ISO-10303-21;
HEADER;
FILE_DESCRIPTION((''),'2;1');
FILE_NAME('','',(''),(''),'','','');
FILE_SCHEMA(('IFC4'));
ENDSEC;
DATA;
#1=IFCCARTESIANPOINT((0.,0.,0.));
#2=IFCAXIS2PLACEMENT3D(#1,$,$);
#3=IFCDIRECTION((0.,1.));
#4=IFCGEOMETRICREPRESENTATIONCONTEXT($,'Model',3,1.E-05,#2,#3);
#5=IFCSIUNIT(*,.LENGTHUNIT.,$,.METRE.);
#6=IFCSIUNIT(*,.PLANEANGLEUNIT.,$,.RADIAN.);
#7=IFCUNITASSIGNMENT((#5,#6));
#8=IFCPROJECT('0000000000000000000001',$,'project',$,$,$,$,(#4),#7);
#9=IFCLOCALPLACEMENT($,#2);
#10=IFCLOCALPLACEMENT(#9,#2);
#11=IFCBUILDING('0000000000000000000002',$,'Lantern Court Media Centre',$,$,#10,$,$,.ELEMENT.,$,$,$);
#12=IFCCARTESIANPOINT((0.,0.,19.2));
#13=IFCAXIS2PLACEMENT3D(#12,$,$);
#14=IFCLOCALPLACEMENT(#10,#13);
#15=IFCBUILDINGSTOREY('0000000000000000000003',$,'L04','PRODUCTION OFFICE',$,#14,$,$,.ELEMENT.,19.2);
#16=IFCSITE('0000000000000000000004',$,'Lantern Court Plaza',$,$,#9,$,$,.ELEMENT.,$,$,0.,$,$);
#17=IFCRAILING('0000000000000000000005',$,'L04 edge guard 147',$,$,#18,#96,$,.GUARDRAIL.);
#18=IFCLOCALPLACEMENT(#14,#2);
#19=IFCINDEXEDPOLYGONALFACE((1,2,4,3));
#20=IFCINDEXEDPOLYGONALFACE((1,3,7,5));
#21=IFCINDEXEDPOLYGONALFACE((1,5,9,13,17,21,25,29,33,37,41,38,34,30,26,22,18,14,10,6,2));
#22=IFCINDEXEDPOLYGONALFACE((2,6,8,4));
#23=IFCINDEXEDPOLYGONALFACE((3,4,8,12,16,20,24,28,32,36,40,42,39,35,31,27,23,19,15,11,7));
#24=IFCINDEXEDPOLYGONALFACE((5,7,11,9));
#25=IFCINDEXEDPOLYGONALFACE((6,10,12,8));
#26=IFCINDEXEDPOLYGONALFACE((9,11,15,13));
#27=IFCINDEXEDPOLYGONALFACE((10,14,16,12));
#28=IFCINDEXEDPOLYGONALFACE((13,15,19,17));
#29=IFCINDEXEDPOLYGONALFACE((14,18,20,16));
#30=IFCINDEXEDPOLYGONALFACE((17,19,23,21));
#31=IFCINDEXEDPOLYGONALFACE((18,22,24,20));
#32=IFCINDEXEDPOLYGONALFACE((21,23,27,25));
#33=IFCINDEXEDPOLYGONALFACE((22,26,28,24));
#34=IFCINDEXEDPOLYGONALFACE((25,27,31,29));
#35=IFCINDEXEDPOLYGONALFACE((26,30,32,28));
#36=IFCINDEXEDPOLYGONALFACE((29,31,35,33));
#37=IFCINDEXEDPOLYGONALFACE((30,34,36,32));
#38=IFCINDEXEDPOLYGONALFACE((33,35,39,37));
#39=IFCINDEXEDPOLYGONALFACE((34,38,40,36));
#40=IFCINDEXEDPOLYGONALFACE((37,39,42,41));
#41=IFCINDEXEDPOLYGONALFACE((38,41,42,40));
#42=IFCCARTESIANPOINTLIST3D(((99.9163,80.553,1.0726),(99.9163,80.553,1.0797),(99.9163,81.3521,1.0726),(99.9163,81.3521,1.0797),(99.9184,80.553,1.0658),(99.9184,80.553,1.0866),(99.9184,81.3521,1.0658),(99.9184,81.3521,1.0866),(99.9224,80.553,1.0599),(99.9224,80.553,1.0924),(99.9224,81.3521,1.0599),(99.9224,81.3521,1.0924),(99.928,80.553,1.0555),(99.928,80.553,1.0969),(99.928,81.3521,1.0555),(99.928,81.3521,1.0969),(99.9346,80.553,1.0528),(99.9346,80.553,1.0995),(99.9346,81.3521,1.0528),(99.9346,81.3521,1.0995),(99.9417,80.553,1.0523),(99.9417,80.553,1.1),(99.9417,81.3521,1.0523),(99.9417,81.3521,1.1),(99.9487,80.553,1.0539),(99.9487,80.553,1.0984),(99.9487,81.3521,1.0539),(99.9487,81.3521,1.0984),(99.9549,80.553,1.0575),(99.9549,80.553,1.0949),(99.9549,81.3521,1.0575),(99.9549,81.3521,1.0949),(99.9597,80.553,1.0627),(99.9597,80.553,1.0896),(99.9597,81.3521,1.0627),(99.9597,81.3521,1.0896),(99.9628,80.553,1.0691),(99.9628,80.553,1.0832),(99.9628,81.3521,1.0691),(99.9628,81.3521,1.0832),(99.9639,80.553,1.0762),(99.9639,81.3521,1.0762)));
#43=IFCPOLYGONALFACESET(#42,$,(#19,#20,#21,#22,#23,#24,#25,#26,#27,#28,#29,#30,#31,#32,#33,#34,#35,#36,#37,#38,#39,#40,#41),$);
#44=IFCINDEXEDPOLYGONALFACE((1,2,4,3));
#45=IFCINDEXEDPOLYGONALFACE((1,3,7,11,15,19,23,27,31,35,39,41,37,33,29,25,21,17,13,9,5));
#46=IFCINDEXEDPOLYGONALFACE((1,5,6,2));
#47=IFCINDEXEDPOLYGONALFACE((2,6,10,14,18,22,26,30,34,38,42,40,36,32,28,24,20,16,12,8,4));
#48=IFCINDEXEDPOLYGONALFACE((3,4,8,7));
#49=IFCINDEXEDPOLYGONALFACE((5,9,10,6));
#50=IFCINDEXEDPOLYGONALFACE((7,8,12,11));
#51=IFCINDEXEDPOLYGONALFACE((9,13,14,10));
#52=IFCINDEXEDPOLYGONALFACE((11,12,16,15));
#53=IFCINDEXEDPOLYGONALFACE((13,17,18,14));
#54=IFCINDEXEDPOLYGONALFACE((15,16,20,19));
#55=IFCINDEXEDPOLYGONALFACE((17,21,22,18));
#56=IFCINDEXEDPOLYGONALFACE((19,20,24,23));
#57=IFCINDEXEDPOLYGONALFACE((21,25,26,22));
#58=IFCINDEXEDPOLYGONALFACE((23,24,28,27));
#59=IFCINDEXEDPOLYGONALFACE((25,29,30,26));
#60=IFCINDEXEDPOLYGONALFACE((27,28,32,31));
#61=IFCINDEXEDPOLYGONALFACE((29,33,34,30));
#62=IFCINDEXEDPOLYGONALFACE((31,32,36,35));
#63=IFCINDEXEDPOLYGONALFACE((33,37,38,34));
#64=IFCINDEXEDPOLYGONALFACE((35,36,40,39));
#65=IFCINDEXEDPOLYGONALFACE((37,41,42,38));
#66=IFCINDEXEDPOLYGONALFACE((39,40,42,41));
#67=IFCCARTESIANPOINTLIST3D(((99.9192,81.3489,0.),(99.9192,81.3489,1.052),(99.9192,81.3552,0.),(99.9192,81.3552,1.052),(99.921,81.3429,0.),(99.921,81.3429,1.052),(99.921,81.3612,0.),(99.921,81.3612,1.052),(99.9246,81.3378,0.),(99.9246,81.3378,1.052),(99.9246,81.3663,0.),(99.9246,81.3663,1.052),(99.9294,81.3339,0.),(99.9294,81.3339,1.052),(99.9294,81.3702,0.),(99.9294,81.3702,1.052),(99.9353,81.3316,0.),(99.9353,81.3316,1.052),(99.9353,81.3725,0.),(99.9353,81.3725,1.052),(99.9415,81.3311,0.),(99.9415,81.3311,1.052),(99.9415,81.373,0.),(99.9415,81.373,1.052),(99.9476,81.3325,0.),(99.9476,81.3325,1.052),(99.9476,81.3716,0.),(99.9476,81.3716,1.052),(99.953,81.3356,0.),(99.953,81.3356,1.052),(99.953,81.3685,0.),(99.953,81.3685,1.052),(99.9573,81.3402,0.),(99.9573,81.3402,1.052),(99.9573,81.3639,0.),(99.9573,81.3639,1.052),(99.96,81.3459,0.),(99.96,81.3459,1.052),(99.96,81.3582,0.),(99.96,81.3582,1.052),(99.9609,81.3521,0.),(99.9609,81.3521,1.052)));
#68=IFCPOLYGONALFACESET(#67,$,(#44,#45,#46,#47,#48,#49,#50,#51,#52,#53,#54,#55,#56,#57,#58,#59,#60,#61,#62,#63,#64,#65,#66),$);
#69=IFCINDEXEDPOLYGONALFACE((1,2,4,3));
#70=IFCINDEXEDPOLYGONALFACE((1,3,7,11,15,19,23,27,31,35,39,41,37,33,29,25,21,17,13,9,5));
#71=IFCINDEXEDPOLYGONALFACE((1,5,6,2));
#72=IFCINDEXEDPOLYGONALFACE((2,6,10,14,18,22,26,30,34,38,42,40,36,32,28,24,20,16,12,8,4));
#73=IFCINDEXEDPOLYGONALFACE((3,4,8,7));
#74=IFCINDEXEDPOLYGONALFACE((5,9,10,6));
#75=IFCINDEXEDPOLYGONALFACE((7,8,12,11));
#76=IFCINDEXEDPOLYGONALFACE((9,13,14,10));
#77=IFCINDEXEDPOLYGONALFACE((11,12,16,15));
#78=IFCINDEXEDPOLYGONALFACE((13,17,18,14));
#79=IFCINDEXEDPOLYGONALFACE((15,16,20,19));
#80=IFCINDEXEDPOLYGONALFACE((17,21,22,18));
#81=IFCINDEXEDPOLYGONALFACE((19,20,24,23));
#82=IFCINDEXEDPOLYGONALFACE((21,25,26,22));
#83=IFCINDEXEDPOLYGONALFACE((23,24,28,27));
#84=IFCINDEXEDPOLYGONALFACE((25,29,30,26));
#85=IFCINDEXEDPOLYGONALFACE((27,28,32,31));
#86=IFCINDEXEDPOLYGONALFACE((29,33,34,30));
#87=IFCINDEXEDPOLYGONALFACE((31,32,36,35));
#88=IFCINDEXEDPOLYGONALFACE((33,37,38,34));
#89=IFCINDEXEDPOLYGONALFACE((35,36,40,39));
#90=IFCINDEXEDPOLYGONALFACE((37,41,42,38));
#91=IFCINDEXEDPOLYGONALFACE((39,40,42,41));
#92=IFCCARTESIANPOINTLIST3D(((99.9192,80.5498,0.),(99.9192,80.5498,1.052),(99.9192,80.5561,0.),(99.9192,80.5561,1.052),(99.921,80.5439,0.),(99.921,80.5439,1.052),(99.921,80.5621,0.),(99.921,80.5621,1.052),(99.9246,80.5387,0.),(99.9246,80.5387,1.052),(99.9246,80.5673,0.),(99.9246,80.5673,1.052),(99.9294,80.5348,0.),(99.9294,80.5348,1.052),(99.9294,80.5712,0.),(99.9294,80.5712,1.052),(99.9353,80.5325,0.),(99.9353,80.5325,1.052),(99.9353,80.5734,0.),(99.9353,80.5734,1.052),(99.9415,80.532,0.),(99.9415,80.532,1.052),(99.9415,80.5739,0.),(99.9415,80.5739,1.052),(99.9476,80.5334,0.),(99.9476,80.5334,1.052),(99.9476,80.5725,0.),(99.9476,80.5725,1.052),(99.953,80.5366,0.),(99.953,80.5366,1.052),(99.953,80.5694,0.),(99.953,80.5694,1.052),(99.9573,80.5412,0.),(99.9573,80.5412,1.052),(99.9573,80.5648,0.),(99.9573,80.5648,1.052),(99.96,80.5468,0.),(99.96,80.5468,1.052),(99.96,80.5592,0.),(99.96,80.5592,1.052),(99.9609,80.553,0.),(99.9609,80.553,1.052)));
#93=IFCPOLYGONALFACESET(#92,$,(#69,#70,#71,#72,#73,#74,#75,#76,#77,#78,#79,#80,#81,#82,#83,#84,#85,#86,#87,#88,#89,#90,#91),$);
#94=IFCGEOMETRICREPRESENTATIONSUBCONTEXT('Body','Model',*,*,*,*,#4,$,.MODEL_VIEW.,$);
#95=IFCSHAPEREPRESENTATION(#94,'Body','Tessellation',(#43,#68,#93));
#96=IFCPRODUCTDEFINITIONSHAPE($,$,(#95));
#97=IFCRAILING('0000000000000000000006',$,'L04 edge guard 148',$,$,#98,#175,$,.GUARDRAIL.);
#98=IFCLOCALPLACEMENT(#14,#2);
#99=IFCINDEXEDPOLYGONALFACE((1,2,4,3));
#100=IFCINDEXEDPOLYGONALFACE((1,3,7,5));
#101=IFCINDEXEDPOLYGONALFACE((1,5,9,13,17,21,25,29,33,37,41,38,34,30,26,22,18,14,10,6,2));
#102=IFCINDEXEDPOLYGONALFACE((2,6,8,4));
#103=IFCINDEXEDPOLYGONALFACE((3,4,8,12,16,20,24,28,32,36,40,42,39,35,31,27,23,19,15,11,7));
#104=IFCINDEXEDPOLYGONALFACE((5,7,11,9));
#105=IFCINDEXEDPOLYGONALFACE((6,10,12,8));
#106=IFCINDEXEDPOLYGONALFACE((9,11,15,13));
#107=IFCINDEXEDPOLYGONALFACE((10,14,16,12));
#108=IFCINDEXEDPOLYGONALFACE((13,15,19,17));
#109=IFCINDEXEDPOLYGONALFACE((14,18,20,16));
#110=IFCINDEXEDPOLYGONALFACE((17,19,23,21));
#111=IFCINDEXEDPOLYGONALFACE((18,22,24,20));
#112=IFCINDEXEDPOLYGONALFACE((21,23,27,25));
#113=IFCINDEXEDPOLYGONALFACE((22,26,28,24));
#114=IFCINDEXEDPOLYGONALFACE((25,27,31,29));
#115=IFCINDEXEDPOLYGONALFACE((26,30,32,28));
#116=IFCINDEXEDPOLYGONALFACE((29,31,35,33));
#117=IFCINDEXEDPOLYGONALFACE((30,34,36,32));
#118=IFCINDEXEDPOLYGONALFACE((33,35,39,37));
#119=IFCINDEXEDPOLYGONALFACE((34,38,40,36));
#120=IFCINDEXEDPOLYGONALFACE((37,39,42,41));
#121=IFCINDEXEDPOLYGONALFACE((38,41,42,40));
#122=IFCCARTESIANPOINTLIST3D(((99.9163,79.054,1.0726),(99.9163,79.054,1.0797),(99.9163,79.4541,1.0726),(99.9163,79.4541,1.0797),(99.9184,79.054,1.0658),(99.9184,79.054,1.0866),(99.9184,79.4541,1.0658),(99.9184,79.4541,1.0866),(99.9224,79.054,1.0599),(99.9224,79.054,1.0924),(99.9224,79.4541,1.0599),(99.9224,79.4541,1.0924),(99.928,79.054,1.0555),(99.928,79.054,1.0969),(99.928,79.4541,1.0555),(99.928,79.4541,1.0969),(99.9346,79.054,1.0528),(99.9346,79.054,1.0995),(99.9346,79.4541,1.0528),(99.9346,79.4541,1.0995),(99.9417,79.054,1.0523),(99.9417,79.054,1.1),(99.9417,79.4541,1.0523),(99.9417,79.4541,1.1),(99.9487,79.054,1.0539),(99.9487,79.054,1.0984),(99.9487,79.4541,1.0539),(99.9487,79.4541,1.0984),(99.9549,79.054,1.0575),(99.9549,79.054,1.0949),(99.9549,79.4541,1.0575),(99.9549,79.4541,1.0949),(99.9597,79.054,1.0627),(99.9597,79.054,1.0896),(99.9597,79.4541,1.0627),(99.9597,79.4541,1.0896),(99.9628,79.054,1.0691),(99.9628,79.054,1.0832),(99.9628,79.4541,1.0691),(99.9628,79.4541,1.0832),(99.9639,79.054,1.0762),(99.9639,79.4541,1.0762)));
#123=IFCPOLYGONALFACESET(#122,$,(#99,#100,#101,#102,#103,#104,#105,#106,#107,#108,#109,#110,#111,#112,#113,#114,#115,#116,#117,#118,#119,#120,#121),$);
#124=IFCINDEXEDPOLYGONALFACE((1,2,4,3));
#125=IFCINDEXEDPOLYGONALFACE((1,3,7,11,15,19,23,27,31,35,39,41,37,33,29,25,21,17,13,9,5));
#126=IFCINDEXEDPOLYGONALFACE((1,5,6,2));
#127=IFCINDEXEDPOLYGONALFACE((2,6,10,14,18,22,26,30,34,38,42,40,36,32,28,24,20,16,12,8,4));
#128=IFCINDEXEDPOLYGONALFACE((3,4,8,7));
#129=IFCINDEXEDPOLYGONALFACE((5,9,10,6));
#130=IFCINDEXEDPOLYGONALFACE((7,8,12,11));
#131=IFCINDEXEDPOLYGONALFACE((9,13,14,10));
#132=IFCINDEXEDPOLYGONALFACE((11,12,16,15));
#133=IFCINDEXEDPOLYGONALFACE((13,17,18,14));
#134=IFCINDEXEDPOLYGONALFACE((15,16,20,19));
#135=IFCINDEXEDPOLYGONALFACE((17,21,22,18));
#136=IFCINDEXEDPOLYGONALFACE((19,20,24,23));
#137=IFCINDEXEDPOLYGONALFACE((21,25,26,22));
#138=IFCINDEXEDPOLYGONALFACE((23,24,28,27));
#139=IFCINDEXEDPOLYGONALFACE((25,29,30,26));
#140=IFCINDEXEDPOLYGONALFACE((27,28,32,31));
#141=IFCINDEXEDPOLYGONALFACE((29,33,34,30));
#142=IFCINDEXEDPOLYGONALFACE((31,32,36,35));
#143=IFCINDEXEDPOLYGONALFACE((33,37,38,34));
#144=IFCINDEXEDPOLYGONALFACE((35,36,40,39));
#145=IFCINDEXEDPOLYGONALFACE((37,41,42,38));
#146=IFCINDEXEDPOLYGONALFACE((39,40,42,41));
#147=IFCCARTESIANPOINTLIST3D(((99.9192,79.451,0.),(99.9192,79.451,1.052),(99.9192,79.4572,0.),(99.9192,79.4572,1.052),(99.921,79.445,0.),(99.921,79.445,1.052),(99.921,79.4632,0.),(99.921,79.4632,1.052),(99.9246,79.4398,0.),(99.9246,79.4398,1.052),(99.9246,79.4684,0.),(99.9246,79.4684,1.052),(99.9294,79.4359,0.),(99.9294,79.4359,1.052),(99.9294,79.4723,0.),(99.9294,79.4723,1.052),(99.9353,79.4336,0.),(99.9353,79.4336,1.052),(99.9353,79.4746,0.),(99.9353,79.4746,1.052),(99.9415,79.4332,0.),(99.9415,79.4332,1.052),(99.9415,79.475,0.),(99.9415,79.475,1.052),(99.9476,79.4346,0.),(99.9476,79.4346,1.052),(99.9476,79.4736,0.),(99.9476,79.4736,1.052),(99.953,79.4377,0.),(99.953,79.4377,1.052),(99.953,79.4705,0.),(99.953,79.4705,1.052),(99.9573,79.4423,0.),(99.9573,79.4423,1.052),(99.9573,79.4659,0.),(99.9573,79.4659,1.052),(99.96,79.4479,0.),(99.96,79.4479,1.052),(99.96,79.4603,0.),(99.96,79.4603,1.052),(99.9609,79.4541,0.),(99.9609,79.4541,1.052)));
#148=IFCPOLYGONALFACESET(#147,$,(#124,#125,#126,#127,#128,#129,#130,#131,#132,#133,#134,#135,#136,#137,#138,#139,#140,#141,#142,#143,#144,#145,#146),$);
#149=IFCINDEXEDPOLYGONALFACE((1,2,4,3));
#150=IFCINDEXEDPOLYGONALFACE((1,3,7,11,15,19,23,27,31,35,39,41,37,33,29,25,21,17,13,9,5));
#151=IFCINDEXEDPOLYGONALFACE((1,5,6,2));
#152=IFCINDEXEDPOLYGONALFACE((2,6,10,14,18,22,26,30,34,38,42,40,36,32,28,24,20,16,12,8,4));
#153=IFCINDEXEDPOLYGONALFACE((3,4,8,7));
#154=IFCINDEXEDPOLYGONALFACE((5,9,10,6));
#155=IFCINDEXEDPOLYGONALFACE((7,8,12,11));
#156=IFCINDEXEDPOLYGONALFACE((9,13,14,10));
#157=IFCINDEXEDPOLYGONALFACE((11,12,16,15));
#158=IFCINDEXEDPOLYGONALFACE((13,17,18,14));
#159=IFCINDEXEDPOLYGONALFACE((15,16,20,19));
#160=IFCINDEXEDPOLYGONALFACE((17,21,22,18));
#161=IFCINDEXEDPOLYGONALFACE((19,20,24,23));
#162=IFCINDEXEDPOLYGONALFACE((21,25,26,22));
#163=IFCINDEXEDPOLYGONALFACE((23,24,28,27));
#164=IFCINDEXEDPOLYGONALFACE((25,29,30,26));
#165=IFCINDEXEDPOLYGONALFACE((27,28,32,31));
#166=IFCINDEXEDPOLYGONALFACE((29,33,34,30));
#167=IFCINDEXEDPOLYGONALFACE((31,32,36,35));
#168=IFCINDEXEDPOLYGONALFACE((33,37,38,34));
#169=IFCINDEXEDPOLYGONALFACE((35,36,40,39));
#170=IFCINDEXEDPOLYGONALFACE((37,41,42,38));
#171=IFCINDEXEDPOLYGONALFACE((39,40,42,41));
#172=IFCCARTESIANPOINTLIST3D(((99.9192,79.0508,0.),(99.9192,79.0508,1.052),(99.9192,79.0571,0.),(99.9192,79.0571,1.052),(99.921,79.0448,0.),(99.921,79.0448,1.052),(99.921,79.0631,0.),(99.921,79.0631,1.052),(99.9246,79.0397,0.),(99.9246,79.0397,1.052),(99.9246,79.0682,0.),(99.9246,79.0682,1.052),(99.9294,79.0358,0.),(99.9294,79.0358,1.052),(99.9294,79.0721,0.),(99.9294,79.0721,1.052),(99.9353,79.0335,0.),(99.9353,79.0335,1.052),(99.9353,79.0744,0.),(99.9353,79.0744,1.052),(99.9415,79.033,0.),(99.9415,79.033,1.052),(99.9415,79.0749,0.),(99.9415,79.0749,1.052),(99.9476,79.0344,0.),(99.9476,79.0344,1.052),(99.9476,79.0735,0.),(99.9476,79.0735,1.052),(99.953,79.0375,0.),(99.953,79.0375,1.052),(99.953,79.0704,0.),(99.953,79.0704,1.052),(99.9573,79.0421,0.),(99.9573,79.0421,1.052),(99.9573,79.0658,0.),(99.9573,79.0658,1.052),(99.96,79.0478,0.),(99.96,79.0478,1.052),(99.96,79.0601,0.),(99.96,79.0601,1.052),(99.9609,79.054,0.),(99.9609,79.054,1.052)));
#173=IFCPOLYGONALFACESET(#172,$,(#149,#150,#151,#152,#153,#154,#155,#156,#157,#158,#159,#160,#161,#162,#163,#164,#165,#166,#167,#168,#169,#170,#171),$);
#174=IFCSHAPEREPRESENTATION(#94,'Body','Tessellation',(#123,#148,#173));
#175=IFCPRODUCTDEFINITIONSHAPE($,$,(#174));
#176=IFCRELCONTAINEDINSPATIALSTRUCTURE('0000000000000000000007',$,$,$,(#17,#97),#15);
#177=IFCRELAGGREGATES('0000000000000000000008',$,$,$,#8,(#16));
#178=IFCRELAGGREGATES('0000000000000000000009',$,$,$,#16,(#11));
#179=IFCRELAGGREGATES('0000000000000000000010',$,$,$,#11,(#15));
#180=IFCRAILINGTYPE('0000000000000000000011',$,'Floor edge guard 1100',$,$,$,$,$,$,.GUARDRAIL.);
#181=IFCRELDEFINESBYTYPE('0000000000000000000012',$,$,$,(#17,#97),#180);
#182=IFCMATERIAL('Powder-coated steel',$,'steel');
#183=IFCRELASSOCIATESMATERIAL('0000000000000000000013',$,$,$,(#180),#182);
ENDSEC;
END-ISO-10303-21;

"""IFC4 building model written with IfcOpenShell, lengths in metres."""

from ifc_helpers import new_model, si_unit, direction, frame, origin, origin_2d, place, context, subcontext, project, spatial, circle, extrude, material, type_object, element, save


model = new_model("IFC4")

# Units and contexts
model_context = context("Model", 3, precision=1e-05, world=origin(), true_north=direction((0.0, 1.0)))
body_context = subcontext(model_context, "Body", "Model", "MODEL_VIEW")
ifc_project = project(units=[si_unit("LENGTHUNIT", "METRE"), si_unit("PLANEANGLEUNIT", "RADIAN")], contexts=[model_context])

# Site, building, storey
site_placement = place(None, origin())
site = spatial("IfcSite", under=ifc_project, at=site_placement, Name="Lantern Court Plaza", CompositionType="ELEMENT", RefElevation=0.0)
building_placement = place(site_placement, origin())
building = spatial("IfcBuilding", under=site, at=building_placement, Name="Lantern Court Media Centre", CompositionType="ELEMENT")
storey_placement = place(building_placement, frame((0.0, 0.0, 19.2)))
storey = spatial("IfcBuildingStorey", under=building, at=storey_placement, Name="L04", Description="PRODUCTION OFFICE", CompositionType="ELEMENT", Elevation=19.2)

# Railings
ifc_material_1 = material(Name="Powder-coated steel", Category="steel")
railing_type = type_object("IfcRailingType", Name="Floor edge guard 1100", PredefinedType="GUARDRAIL", material=ifc_material_1)
railing_1_placement = place(storey_placement, frame((99.9399, 81.3521, 0.0)))
element("IfcRailing", 1, at=railing_1_placement, inside=storey, type_object=railing_type, Name="L04 edge guard 147", PredefinedType="GUARDRAIL", context=body_context, shape_type="SweptSolid", body=[
    extrude(circle(Radius=0.0239, at=origin_2d()), frame((0.0, 0.0, 1.0762), z_axis=(0.0, -1.0, 0.0), x_axis=(1.0, 0.0, 0.0)), (0.0, 0.0, 1.0), 0.7991),
    extrude(circle(Radius=0.021, at=origin_2d()), origin(), (0.0, 0.0, 1.0), 1.052),
    extrude(circle(Radius=0.021, at=origin_2d()), frame((0.0, -0.7991, 0.0)), (0.0, 0.0, 1.0), 1.052),
])
railing_2_placement = place(storey_placement, frame((99.9399, 79.4541, 0.0)))
element("IfcRailing", 2, at=railing_2_placement, inside=storey, type_object=railing_type, Name="L04 edge guard 148", PredefinedType="GUARDRAIL", context=body_context, shape_type="SweptSolid", body=[
    extrude(circle(Radius=0.0239, at=origin_2d()), frame((0.0, 0.0, 1.0762), z_axis=(0.0, -1.0, 0.0), x_axis=(1.0, 0.0, 0.0)), (0.0, 0.0, 1.0), 0.4001),
    extrude(circle(Radius=0.021, at=origin_2d()), origin(), (0.0, 0.0, 1.0), 1.052),
    extrude(circle(Radius=0.021, at=origin_2d()), frame((0.0, -0.4001, 0.0)), (0.0, 0.0, 1.0), 1.052),
])

save(model, "model.ifc")
